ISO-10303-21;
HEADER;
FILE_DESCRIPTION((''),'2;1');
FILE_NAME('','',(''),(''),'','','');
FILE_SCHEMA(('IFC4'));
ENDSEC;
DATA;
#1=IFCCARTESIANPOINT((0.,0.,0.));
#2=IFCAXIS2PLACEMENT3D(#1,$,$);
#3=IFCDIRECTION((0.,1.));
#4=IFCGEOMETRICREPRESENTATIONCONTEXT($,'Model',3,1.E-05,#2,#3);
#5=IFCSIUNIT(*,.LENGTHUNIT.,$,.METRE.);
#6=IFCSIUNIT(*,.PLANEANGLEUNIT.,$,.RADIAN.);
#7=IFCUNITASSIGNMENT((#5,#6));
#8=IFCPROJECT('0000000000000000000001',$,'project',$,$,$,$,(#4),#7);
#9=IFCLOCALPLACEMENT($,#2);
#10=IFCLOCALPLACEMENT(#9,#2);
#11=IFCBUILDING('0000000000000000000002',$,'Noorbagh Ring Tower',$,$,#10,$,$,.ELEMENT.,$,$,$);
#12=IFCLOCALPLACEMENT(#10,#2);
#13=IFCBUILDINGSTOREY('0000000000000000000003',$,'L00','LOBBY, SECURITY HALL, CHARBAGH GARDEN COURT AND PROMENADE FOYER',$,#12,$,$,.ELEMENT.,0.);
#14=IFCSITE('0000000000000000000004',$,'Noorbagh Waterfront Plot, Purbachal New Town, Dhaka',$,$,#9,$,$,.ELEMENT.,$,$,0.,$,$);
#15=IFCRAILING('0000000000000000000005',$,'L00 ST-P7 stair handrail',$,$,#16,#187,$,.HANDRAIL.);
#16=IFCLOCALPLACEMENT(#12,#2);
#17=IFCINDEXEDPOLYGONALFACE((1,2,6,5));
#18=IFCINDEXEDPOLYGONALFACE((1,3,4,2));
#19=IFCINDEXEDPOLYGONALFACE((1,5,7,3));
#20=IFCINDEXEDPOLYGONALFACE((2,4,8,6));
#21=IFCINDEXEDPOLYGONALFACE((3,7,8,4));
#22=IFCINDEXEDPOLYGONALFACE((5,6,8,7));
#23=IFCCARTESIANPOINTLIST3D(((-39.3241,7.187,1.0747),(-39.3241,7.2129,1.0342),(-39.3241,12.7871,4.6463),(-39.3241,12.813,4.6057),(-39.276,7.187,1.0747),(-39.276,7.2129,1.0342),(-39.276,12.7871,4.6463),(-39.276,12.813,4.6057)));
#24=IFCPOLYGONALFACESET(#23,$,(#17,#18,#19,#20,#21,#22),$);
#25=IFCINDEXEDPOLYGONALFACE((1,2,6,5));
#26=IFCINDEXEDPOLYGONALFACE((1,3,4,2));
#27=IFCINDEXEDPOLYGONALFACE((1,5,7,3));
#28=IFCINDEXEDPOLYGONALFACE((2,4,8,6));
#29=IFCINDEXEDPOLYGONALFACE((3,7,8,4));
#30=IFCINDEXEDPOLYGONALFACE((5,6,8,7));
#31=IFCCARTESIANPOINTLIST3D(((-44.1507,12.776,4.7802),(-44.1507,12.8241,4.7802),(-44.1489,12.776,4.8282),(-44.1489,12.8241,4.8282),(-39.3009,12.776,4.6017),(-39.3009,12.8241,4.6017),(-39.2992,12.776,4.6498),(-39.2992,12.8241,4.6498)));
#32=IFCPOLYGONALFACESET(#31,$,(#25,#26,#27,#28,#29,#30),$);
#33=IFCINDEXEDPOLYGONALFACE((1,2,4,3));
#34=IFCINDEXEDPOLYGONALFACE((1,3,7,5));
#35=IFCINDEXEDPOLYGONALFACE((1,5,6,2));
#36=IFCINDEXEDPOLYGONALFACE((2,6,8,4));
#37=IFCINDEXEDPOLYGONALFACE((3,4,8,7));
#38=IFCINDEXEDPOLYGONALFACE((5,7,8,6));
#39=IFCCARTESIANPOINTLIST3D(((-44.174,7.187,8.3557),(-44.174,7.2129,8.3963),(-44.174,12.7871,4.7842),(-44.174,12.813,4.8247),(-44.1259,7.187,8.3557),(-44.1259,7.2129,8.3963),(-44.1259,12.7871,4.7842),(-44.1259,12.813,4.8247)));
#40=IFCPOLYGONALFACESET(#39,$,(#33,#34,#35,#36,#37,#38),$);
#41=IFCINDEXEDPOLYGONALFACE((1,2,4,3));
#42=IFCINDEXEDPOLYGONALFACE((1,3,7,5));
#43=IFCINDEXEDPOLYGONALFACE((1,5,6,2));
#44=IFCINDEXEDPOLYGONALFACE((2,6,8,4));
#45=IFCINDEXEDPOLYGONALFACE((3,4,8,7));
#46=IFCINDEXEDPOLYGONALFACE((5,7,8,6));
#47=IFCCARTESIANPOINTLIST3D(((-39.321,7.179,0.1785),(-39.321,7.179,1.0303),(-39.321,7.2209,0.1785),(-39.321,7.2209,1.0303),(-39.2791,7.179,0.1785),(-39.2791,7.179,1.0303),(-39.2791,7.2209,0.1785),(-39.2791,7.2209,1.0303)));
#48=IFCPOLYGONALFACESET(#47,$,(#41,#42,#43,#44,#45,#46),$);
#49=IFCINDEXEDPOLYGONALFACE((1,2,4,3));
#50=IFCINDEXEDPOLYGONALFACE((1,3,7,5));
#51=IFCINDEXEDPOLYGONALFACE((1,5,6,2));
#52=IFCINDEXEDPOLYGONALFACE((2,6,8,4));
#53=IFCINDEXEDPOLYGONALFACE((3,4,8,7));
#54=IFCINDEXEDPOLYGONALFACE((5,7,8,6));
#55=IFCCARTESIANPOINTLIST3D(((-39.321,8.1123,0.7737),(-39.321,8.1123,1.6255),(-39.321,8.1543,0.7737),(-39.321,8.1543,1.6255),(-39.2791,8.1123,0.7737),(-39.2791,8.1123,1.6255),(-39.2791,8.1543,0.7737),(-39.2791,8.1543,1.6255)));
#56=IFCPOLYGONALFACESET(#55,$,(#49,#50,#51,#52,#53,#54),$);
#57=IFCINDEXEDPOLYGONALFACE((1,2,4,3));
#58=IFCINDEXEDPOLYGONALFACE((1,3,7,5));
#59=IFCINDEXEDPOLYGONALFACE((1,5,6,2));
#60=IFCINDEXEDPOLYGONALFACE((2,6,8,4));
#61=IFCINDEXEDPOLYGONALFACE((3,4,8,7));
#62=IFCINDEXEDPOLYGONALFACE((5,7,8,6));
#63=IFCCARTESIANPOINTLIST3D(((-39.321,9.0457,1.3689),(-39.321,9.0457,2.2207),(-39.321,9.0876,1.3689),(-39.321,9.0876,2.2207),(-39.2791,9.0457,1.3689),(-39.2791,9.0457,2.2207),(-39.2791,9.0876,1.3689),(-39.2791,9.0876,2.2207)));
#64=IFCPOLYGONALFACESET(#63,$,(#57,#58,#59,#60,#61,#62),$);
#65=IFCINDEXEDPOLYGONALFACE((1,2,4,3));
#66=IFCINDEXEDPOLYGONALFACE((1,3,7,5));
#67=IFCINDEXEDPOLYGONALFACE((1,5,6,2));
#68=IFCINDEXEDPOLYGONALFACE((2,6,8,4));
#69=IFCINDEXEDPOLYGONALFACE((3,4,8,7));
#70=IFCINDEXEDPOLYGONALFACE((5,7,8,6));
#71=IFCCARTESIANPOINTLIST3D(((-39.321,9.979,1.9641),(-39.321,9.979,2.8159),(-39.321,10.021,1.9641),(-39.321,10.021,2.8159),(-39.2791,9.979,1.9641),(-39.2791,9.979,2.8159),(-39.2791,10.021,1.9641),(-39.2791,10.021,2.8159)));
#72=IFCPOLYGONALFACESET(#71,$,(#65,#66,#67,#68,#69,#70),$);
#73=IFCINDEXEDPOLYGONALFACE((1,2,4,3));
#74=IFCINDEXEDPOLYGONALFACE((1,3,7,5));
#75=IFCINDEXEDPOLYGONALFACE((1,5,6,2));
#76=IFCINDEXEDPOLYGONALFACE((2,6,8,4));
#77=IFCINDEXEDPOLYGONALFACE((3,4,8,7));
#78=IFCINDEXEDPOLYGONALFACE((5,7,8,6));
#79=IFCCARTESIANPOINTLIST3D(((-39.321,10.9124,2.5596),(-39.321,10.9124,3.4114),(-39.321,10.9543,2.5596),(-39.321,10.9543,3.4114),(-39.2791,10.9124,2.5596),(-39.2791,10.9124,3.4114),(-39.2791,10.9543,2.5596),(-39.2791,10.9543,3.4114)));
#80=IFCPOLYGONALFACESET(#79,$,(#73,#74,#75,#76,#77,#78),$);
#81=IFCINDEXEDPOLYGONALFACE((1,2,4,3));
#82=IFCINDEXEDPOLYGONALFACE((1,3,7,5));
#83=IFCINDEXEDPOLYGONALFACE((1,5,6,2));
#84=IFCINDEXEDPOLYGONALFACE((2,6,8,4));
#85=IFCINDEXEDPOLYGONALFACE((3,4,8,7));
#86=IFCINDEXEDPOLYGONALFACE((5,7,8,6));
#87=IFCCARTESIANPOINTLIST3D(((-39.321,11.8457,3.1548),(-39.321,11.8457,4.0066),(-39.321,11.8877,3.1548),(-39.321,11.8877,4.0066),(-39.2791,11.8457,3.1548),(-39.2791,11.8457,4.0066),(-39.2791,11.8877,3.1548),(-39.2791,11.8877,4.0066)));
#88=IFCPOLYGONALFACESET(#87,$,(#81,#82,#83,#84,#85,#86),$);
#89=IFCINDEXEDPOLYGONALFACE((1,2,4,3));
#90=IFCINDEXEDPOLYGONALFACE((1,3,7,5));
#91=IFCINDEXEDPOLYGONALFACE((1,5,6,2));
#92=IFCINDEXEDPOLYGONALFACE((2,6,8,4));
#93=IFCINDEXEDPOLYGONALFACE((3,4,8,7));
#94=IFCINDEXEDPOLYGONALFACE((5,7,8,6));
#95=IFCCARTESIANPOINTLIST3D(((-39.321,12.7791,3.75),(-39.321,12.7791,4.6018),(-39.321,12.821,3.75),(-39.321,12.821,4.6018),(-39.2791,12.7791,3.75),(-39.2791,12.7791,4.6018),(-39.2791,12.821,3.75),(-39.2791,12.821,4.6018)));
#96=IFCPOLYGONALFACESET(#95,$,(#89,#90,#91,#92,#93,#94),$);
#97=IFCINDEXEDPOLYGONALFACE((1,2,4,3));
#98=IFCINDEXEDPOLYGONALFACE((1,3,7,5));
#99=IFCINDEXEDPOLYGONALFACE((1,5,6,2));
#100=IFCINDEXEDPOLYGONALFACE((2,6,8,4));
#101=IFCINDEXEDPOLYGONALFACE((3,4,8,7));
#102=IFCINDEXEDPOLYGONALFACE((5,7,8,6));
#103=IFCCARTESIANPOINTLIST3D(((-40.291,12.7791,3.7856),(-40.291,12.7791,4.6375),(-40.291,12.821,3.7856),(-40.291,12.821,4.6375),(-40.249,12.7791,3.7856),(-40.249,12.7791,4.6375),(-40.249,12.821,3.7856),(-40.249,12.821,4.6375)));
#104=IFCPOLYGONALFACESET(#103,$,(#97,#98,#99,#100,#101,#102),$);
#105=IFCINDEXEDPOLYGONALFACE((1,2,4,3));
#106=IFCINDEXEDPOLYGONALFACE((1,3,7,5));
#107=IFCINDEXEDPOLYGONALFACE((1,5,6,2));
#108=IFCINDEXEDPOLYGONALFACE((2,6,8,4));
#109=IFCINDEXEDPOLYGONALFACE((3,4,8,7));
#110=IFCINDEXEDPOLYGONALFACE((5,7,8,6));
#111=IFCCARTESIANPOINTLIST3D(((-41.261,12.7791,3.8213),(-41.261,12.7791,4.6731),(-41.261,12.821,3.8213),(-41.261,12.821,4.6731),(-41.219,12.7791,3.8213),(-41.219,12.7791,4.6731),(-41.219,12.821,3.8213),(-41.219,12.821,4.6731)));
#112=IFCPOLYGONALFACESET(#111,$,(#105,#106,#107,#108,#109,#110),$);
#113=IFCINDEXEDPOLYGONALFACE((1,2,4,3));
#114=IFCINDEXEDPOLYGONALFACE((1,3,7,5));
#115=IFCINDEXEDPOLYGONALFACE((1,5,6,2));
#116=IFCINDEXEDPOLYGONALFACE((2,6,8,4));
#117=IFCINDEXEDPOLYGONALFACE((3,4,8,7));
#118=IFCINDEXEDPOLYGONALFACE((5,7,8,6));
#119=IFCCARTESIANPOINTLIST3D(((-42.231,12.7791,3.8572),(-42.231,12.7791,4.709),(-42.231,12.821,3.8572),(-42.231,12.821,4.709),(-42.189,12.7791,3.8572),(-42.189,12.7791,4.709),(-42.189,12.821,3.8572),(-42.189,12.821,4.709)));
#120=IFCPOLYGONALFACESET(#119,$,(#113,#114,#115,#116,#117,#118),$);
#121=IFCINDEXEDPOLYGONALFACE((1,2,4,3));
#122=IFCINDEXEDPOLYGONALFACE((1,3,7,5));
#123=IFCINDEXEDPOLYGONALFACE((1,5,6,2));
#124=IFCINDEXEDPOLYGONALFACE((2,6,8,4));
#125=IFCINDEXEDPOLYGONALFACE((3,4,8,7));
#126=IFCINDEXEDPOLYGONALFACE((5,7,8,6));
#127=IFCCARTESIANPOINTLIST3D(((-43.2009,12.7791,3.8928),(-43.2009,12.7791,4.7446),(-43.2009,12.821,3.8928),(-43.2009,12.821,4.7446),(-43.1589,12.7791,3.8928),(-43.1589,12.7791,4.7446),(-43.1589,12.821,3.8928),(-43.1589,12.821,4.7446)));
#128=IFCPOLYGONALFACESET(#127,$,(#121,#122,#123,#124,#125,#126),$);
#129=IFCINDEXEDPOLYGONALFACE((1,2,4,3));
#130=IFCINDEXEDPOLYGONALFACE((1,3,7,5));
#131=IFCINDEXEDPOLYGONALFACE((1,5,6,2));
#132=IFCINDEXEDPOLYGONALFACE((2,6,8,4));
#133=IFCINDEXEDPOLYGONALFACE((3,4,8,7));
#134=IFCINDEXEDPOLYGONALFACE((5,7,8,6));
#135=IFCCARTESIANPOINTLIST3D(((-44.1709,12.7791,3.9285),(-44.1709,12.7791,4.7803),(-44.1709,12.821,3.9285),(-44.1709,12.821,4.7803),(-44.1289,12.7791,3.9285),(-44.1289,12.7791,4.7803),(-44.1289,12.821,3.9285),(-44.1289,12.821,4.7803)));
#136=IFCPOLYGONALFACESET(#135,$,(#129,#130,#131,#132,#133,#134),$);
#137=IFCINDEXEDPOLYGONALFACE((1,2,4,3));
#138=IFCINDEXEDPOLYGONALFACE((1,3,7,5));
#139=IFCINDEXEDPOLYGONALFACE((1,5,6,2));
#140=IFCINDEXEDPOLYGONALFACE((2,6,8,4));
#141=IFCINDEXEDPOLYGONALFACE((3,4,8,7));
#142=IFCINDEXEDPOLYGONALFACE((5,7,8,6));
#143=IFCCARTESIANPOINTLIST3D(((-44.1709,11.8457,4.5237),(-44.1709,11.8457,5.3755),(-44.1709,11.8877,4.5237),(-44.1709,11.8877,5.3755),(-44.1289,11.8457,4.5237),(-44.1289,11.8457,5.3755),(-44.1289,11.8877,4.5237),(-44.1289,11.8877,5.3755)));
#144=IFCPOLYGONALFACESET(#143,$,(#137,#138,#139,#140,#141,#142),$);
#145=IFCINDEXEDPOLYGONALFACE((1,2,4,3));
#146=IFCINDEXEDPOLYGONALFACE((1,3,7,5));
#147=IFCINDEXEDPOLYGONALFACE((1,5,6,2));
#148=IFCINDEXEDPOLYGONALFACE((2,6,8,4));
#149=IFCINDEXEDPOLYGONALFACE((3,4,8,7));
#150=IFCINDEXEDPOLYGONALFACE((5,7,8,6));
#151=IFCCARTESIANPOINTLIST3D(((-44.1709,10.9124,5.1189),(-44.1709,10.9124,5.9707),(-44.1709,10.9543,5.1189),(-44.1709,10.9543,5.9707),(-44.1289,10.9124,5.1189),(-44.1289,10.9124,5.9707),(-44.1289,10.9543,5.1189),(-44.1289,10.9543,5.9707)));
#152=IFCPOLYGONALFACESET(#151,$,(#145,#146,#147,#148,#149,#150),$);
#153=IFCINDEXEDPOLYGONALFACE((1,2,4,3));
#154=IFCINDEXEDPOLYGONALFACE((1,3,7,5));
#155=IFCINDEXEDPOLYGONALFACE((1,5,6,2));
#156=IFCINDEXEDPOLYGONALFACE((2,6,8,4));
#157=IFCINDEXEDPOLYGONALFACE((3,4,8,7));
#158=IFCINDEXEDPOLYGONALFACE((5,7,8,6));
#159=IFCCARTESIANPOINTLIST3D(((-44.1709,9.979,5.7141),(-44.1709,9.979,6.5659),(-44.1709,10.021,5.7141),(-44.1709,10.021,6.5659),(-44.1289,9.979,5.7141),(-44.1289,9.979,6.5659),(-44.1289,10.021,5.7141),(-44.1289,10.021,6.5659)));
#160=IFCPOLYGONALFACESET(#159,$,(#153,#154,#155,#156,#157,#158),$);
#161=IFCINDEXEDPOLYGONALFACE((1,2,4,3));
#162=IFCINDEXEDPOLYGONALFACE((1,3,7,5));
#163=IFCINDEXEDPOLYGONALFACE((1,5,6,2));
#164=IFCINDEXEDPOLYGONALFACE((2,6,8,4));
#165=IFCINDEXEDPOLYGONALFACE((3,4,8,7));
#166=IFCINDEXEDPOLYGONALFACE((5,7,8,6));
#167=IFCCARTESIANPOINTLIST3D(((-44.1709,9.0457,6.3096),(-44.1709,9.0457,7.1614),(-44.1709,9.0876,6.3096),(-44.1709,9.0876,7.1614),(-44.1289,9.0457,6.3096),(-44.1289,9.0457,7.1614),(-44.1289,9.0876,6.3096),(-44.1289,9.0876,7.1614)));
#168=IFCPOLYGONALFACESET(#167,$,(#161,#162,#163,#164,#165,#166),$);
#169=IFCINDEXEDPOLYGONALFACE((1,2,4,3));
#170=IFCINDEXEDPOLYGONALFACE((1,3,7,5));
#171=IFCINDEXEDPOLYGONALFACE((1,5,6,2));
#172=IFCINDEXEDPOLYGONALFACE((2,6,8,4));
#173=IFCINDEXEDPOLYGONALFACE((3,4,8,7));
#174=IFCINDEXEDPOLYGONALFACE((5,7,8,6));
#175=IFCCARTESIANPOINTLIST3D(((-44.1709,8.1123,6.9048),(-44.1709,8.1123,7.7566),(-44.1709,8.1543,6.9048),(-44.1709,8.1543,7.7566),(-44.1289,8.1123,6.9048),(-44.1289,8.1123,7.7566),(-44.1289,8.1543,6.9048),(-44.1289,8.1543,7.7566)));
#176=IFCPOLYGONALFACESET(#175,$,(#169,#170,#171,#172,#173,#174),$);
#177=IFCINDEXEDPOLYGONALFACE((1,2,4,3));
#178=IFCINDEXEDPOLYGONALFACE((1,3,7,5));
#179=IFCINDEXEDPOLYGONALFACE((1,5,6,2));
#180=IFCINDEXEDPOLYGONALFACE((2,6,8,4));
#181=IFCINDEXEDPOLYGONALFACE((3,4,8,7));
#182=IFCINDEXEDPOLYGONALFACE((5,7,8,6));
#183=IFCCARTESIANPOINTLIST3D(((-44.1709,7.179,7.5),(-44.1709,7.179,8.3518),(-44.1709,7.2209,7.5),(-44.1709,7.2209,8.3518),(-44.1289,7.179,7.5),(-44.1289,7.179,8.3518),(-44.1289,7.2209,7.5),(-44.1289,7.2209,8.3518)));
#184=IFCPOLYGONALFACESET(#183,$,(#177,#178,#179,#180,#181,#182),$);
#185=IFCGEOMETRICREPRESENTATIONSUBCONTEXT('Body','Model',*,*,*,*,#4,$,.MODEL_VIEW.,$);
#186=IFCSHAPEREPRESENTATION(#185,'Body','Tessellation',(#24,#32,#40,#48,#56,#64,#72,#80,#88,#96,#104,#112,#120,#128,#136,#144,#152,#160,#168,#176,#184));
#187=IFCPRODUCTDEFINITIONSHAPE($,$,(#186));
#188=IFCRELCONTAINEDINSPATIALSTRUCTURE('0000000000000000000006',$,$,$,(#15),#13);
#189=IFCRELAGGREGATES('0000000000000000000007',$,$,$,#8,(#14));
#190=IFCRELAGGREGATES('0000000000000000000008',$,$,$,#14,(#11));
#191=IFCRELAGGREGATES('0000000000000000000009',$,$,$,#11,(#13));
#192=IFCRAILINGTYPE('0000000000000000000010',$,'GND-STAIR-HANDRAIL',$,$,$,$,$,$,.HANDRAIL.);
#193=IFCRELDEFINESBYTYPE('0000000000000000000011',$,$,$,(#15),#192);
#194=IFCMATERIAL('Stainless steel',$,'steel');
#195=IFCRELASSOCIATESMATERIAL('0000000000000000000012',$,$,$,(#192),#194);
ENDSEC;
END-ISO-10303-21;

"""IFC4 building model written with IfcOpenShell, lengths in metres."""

from ifc_helpers import new_model, si_unit, direction, frame, origin, origin_2d, place, context, subcontext, project, spatial, rectangle, extrude, material, type_object, element, save


model = new_model("IFC4")

# Units and contexts
model_context = context("Model", 3, precision=1e-05, world=origin(), true_north=direction((0.0, 1.0)))
body_context = subcontext(model_context, "Body", "Model", "MODEL_VIEW")
ifc_project = project(units=[si_unit("LENGTHUNIT", "METRE"), si_unit("PLANEANGLEUNIT", "RADIAN")], contexts=[model_context])

# Site, building, storey
site_placement = place(None, origin())
site = spatial("IfcSite", under=ifc_project, at=site_placement, Name="Noorbagh Waterfront Plot, Purbachal New Town, Dhaka", CompositionType="ELEMENT", RefElevation=0.0)
building_placement = place(site_placement, origin())
building = spatial("IfcBuilding", under=site, at=building_placement, Name="Noorbagh Ring Tower", CompositionType="ELEMENT")
storey_placement = place(building_placement, origin())
storey = spatial("IfcBuildingStorey", under=building, at=storey_placement, Name="L00", Description="LOBBY, SECURITY HALL, CHARBAGH GARDEN COURT AND PROMENADE FOYER", CompositionType="ELEMENT", Elevation=0.0)

# Railing
ifc_material_1 = material(Name="Stainless steel", Category="steel")
railing_type_1 = type_object("IfcRailingType", Name="GND-STAIR-HANDRAIL", PredefinedType="HANDRAIL", material=ifc_material_1)
railing_1_placement = place(storey_placement, frame((-39.3, 7.2, 0.1785)))
element("IfcRailing", 1, at=railing_1_placement, inside=storey, type_object=railing_type_1, Name="L00 ST-P7 stair handrail", PredefinedType="HANDRAIL", context=body_context, shape_type="SweptSolid", body=[
    extrude(rectangle(XDim=0.0481, YDim=0.0481, at=origin_2d()), frame((0.0, 0.0, 0.876), z_axis=(0.0, 0.843127, 0.537715), x_axis=(-1.0, 0.0, 0.0)), (0.0, 0.0, 1.0), 6.6421),
    extrude(rectangle(XDim=0.0481, YDim=0.0481, at=origin_2d()), frame((0.0, 5.6001, 4.4473), z_axis=(-0.999324, 0.0, 0.036773), x_axis=(0.0, -1.0, 0.0)), (0.0, 0.0, 1.0), 4.853),
    extrude(rectangle(XDim=0.0481, YDim=0.0481, at=origin_2d()), frame((-4.8499, 5.6001, 4.626), z_axis=(0.0, -0.843127, 0.537715), x_axis=(1.0, 0.0, 0.0)), (0.0, 0.0, 1.0), 6.6421),
    extrude(rectangle(XDim=0.042, YDim=0.042, at=origin_2d()), origin(), (0.0, 0.0, 1.0), 0.8518),
    extrude(rectangle(XDim=0.042, YDim=0.042, at=origin_2d()), frame((0.0, 0.9333, 0.5952)), (0.0, 0.0, 1.0), 0.8518),
    extrude(rectangle(XDim=0.042, YDim=0.042, at=origin_2d()), frame((0.0, 1.8667, 1.1904)), (0.0, 0.0, 1.0), 0.8518),
    extrude(rectangle(XDim=0.042, YDim=0.042, at=origin_2d()), frame((0.0, 2.8, 1.7856)), (0.0, 0.0, 1.0), 0.8518),
    extrude(rectangle(XDim=0.042, YDim=0.042, at=origin_2d()), frame((0.0, 3.7334, 2.3811)), (0.0, 0.0, 1.0), 0.8518),
    extrude(rectangle(XDim=0.042, YDim=0.042, at=origin_2d()), frame((0.0, 4.6667, 2.9763)), (0.0, 0.0, 1.0), 0.8518),
    extrude(rectangle(XDim=0.042, YDim=0.042, at=origin_2d()), frame((0.0, 5.6001, 3.5715)), (0.0, 0.0, 1.0), 0.8518),
    extrude(rectangle(XDim=0.042, YDim=0.042, at=origin_2d()), frame((-0.97, 5.6001, 3.6072)), (0.0, 0.0, 1.0), 0.8518),
    extrude(rectangle(XDim=0.042, YDim=0.042, at=origin_2d()), frame((-1.9399, 5.6001, 3.6428)), (0.0, 0.0, 1.0), 0.8518),
    extrude(rectangle(XDim=0.042, YDim=0.042, at=origin_2d()), frame((-2.9099, 5.6001, 3.6787)), (0.0, 0.0, 1.0), 0.8518),
    extrude(rectangle(XDim=0.042, YDim=0.042, at=origin_2d()), frame((-3.8799, 5.6001, 3.7144)), (0.0, 0.0, 1.0), 0.8518),
    extrude(rectangle(XDim=0.042, YDim=0.042, at=origin_2d()), frame((-4.8499, 5.6001, 3.75)), (0.0, 0.0, 1.0), 0.8518),
    extrude(rectangle(XDim=0.042, YDim=0.042, at=origin_2d()), frame((-4.8499, 4.6667, 4.3452)), (0.0, 0.0, 1.0), 0.8518),
    extrude(rectangle(XDim=0.042, YDim=0.042, at=origin_2d()), frame((-4.8499, 3.7334, 4.9404)), (0.0, 0.0, 1.0), 0.8518),
    extrude(rectangle(XDim=0.042, YDim=0.042, at=origin_2d()), frame((-4.8499, 2.8, 5.5356)), (0.0, 0.0, 1.0), 0.8518),
    extrude(rectangle(XDim=0.042, YDim=0.042, at=origin_2d()), frame((-4.8499, 1.8667, 6.1311)), (0.0, 0.0, 1.0), 0.8518),
    extrude(rectangle(XDim=0.042, YDim=0.042, at=origin_2d()), frame((-4.8499, 0.9333, 6.7263)), (0.0, 0.0, 1.0), 0.8518),
    extrude(rectangle(XDim=0.042, YDim=0.042, at=origin_2d()), frame((-4.8499, 0.0, 7.3215)), (0.0, 0.0, 1.0), 0.8518),
])

save(model, "model.ifc")
